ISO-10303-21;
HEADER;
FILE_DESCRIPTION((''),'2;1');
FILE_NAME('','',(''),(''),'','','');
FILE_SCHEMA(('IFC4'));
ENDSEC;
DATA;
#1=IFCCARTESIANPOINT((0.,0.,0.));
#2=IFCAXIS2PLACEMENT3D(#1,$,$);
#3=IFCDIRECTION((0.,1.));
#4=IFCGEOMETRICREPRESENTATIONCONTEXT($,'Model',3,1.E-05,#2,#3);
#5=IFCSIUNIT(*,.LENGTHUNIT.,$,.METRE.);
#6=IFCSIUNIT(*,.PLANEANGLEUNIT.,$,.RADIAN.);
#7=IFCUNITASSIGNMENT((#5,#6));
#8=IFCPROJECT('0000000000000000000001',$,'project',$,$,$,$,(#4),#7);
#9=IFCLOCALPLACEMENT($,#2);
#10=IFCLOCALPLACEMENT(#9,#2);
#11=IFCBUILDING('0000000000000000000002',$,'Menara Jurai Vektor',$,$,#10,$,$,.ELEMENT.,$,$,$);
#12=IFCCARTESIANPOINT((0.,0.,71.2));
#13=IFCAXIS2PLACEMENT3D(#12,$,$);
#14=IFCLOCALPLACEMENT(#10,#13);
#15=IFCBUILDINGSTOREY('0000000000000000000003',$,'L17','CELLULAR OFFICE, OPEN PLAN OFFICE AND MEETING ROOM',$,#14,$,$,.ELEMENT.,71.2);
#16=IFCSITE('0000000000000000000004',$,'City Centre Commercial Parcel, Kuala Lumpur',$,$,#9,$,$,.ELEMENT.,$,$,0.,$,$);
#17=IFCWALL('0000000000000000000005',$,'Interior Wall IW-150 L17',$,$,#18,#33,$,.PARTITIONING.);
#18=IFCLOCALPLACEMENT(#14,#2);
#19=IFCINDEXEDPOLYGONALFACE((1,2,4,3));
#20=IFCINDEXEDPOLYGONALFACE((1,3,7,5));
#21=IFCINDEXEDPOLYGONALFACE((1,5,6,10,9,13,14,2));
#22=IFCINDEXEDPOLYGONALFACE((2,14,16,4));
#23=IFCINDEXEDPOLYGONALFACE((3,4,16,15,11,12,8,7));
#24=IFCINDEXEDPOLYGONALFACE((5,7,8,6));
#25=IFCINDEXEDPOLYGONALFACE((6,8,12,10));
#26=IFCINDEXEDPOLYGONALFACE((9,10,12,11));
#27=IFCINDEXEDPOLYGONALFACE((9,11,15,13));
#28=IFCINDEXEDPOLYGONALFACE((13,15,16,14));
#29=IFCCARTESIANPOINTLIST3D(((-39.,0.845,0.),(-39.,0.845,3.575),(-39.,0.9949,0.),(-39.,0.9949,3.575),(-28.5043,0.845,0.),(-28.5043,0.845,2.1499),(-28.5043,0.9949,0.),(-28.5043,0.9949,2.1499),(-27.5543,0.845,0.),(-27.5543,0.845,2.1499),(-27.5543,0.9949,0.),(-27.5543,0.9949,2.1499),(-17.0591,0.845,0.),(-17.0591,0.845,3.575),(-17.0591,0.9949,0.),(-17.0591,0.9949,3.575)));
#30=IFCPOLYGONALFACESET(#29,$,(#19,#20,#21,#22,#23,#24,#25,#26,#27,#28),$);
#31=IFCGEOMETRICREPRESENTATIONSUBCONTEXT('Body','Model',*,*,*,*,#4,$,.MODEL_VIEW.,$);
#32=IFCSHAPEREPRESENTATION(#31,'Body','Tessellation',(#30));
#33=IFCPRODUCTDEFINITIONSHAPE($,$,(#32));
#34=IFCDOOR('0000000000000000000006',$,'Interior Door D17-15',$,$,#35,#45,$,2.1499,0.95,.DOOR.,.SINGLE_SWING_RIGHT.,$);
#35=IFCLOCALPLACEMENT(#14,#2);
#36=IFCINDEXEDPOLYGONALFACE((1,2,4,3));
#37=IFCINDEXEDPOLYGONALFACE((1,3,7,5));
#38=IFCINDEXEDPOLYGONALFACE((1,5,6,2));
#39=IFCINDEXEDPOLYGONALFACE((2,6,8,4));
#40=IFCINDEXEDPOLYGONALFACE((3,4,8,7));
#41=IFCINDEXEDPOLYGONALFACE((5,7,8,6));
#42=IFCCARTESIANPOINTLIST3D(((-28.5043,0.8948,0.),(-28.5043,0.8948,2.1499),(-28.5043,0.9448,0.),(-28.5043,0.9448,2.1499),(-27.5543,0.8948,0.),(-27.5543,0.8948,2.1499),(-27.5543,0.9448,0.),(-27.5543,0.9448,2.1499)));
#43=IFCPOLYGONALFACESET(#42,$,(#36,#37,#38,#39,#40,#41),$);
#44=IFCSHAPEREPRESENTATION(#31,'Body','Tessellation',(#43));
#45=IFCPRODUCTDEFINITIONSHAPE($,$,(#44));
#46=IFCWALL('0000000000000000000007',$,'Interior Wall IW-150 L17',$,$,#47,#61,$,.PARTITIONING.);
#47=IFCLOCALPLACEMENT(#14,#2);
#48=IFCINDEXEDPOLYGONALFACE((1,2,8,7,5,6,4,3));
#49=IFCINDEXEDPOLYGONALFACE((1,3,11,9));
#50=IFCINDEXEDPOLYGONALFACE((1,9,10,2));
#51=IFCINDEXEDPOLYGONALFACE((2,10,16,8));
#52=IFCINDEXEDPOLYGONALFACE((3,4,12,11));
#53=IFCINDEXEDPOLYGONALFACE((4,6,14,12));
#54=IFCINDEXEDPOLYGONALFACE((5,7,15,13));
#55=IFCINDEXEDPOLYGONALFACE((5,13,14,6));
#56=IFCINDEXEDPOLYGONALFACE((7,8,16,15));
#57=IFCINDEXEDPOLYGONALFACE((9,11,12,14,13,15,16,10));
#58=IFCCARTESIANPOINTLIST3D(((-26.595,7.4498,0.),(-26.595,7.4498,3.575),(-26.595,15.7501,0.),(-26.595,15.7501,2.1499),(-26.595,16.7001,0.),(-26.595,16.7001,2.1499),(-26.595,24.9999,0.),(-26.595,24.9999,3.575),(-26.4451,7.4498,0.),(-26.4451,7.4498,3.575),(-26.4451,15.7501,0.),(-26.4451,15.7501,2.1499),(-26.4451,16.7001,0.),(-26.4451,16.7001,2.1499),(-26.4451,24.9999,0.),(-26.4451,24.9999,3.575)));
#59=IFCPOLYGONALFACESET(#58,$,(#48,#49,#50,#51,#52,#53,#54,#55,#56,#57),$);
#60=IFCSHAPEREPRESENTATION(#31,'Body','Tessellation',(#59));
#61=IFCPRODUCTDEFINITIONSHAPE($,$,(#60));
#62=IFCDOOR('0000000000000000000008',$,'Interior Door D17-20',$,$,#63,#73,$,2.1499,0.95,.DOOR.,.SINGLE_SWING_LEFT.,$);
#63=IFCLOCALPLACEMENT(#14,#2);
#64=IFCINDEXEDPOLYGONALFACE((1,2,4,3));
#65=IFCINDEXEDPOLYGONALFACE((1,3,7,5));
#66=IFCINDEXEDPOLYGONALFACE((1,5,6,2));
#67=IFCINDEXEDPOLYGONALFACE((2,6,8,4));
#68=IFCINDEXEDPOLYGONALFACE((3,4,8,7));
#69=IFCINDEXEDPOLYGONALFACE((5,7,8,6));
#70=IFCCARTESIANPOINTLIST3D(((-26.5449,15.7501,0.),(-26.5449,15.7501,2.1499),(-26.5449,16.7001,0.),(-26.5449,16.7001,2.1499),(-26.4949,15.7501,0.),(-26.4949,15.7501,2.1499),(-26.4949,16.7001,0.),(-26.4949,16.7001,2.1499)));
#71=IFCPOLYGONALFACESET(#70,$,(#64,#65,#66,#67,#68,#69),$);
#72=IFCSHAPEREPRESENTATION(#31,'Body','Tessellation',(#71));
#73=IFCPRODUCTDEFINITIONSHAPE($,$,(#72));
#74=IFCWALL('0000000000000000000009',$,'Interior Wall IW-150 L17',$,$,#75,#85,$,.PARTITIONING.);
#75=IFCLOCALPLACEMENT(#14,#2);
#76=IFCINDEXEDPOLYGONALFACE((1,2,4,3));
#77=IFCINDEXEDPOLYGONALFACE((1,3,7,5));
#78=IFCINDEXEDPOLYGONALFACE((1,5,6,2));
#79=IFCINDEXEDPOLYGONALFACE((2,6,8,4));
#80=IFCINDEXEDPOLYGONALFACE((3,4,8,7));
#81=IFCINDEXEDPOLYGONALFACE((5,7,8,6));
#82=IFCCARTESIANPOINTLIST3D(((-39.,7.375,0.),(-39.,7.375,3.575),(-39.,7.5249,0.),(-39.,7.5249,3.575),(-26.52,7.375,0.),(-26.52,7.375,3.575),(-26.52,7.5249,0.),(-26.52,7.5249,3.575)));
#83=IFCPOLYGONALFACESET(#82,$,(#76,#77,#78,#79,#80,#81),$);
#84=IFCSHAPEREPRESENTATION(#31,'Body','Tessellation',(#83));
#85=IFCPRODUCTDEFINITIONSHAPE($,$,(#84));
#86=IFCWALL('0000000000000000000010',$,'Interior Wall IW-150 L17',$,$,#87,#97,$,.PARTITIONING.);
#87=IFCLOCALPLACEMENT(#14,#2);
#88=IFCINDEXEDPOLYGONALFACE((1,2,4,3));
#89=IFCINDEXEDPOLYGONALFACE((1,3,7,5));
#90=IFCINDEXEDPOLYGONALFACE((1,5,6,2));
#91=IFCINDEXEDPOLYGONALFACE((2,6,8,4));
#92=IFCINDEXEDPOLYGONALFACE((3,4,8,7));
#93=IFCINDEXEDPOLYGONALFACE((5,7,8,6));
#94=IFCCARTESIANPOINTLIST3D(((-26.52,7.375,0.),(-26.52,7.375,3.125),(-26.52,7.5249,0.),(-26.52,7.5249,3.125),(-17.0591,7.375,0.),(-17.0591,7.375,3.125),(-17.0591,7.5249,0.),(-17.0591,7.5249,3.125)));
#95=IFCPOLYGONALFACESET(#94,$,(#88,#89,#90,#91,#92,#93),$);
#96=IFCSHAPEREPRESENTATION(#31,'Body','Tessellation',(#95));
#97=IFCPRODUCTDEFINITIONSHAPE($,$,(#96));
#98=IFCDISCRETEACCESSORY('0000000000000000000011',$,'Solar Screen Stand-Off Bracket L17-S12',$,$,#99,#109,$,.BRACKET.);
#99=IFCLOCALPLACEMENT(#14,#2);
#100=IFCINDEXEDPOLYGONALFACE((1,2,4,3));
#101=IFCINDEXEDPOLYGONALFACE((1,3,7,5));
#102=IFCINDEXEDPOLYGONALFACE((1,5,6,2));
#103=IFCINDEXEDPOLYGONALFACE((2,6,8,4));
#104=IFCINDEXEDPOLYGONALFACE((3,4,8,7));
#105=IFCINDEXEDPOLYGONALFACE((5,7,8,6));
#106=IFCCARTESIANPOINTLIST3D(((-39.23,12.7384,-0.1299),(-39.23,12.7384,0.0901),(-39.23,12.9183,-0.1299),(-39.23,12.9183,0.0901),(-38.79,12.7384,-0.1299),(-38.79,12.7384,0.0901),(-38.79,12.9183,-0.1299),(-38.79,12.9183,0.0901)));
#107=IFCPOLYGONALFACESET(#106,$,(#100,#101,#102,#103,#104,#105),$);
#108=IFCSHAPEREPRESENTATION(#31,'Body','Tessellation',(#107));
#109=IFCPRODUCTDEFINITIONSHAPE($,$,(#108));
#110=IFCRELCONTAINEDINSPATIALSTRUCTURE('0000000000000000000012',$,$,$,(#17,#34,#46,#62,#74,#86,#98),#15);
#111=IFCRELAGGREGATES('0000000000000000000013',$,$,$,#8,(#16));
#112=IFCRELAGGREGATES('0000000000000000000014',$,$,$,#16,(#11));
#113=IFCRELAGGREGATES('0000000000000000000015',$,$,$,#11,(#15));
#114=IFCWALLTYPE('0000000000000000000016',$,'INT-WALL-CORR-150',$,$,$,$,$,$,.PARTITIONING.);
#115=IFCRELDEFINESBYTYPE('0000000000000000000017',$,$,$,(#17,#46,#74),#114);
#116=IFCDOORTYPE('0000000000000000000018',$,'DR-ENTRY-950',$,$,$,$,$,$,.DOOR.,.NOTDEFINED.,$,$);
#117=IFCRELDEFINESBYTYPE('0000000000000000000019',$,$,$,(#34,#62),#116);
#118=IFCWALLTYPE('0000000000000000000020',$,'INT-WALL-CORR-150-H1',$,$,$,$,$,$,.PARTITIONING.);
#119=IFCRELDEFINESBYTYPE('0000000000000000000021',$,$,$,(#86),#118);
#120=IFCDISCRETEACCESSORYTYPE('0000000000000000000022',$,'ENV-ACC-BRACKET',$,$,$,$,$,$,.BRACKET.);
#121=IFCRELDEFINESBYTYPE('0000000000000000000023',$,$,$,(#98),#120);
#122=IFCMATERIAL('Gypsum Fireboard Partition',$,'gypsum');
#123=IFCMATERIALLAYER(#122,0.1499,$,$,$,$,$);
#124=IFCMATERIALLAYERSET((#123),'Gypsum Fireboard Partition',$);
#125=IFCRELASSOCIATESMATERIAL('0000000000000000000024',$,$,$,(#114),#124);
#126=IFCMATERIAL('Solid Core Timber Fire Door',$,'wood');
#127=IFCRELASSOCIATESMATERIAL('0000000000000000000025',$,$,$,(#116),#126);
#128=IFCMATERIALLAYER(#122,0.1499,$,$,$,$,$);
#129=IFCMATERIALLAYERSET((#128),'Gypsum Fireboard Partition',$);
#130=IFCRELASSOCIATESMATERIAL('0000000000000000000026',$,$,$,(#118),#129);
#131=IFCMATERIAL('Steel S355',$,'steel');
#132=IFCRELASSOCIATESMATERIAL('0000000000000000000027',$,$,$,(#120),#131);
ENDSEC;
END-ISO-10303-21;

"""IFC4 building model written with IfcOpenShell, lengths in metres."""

from ifc_helpers import new_model, si_unit, direction, frame, frame_2d, origin, origin_2d, place, context, subcontext, project, spatial, rectangle, extrude, material, layer, layer_set, type_object, element, fill, save


model = new_model("IFC4")

# Units and contexts
model_context = context("Model", 3, precision=1e-05, world=origin(), true_north=direction((0.0, 1.0)))
body_context = subcontext(model_context, "Body", "Model", "MODEL_VIEW")
ifc_project = project(units=[si_unit("LENGTHUNIT", "METRE"), si_unit("PLANEANGLEUNIT", "RADIAN")], contexts=[model_context])

# Site, building, storey
site_placement = place(None, origin())
site = spatial("IfcSite", under=ifc_project, at=site_placement, Name="City Centre Commercial Parcel, Kuala Lumpur", CompositionType="ELEMENT", RefElevation=0.0)
building_placement = place(site_placement, origin())
building = spatial("IfcBuilding", under=site, at=building_placement, Name="Menara Jurai Vektor", CompositionType="ELEMENT")
storey_placement = place(building_placement, frame((0.0, 0.0, 71.2)))
storey = spatial("IfcBuildingStorey", under=building, at=storey_placement, Name="L17", Description="CELLULAR OFFICE, OPEN PLAN OFFICE AND MEETING ROOM", CompositionType="ELEMENT", Elevation=71.2)

# Shared definitions
ifc_material_1 = material(Name="Steel S355", Category="steel")

# Walls, openings, doors
ifc_material_2 = material(Name="Gypsum Fireboard Partition", Category="gypsum")
ifc_layer_1 = layer(ifc_material_2, 0.1499)
ifc_layer_set_1 = layer_set([ifc_layer_1], Name="Gypsum Fireboard Partition")
wall_type_1 = type_object("IfcWallType", Name="INT-WALL-CORR-150", PredefinedType="PARTITIONING", material=ifc_layer_set_1)
ifc_material_3 = material(Name="Solid Core Timber Fire Door", Category="wood")
door_type = type_object("IfcDoorType", Name="DR-ENTRY-950", OperationType="NOTDEFINED", PredefinedType="DOOR", material=ifc_material_3)
wall_1_placement = place(storey_placement, frame((-39.0, 0.9199, 0.0), z_axis=(0.0, 0.0, 1.0), x_axis=(1.0, 0.0, 0.0)))
wall_1 = element("IfcWall", 1, at=wall_1_placement, inside=storey, type_object=wall_type_1, Name="Interior Wall IW-150 L17", PredefinedType="PARTITIONING", context=body_context, shape_type="SweptSolid", body=[
    extrude(rectangle(XDim=21.9409, YDim=0.1499, at=frame_2d((10.9705, 0.0))), origin(), (0.0, 0.0, 1.0), 3.575),
])
opening_1_placement = place(wall_1_placement, frame((10.4956, 0.0, 0.0)))
opening_1 = element("IfcOpeningElement", 2, at=opening_1_placement, cuts=wall_1, PredefinedType="OPENING", context=body_context, shape_type="SweptSolid", body=[
    extrude(rectangle(XDim=0.95, YDim=2.1499, at=frame_2d((0.4751, 1.075))), frame((0.0, 0.085, 0.0), z_axis=(0.0, -1.0, 0.0), x_axis=(1.0, 0.0, 0.0)), (0.0, 0.0, 1.0), 0.1699),
])
door_1_placement = place(opening_1_placement, origin())
door_1 = element("IfcDoor", 3, at=door_1_placement, inside=storey, type_object=door_type, Name="Interior Door D17-15", OperationType="SINGLE_SWING_RIGHT", OverallHeight=2.1499, OverallWidth=0.95, PredefinedType="DOOR", context=body_context, shape_type="SweptSolid", body=[
    extrude(rectangle(XDim=0.95, YDim=2.1499, at=frame_2d((0.4751, 1.075))), frame((0.0, 0.0249, 0.0), z_axis=(0.0, -1.0, 0.0), x_axis=(1.0, 0.0, 0.0)), (0.0, 0.0, 1.0), 0.05),
])
fill(opening_1, door_1)
wall_2_placement = place(storey_placement, frame((-26.52, 7.45, 0.0), z_axis=(0.0, 0.0, 1.0), x_axis=(0.0, 1.0, 0.0)))
wall_2 = element("IfcWall", 4, at=wall_2_placement, inside=storey, type_object=wall_type_1, Name="Interior Wall IW-150 L17", PredefinedType="PARTITIONING", context=body_context, shape_type="SweptSolid", body=[
    extrude(rectangle(XDim=17.55, YDim=0.1499, at=frame_2d((8.7749, 0.0))), origin(), (0.0, 0.0, 1.0), 3.575),
])
opening_2_placement = place(wall_2_placement, frame((8.3, 0.0, 0.0)))
opening_2 = element("IfcOpeningElement", 5, at=opening_2_placement, cuts=wall_2, PredefinedType="OPENING", context=body_context, shape_type="SweptSolid", body=[
    extrude(rectangle(XDim=0.95, YDim=2.1499, at=frame_2d((0.4751, 1.075))), frame((0.0, 0.085, 0.0), z_axis=(0.0, -1.0, 0.0), x_axis=(1.0, 0.0, 0.0)), (0.0, 0.0, 1.0), 0.1699),
])
door_2_placement = place(opening_2_placement, origin())
door_2 = element("IfcDoor", 6, at=door_2_placement, inside=storey, type_object=door_type, Name="Interior Door D17-20", OperationType="SINGLE_SWING_LEFT", OverallHeight=2.1499, OverallWidth=0.95, PredefinedType="DOOR", context=body_context, shape_type="SweptSolid", body=[
    extrude(rectangle(XDim=0.95, YDim=2.1499, at=frame_2d((0.4751, 1.075))), frame((0.0, 0.0249, 0.0), z_axis=(0.0, -1.0, 0.0), x_axis=(1.0, 0.0, 0.0)), (0.0, 0.0, 1.0), 0.05),
])
fill(opening_2, door_2)

# Walls
wall_3_placement = place(storey_placement, frame((-39.0, 7.45, 0.0), z_axis=(0.0, 0.0, 1.0), x_axis=(1.0, 0.0, 0.0)))
element("IfcWall", 7, at=wall_3_placement, inside=storey, type_object=wall_type_1, Name="Interior Wall IW-150 L17", PredefinedType="PARTITIONING", context=body_context, shape_type="SweptSolid", body=[
    extrude(rectangle(XDim=12.48, YDim=0.1499, at=frame_2d((6.24, 0.0))), origin(), (0.0, 0.0, 1.0), 3.575),
])
ifc_layer_2 = layer(ifc_material_2, 0.1499)
ifc_layer_set_2 = layer_set([ifc_layer_2], Name="Gypsum Fireboard Partition")
wall_type_2 = type_object("IfcWallType", Name="INT-WALL-CORR-150-H1", PredefinedType="PARTITIONING", material=ifc_layer_set_2)
wall_4_placement = place(storey_placement, frame((-26.52, 7.45, 0.0), z_axis=(0.0, 0.0, 1.0), x_axis=(1.0, 0.0, 0.0)))
element("IfcWall", 8, at=wall_4_placement, inside=storey, type_object=wall_type_2, Name="Interior Wall IW-150 L17", PredefinedType="PARTITIONING", context=body_context, shape_type="SweptSolid", body=[
    extrude(rectangle(XDim=9.4609, YDim=0.1499, at=frame_2d((4.7305, 0.0))), origin(), (0.0, 0.0, 1.0), 3.125),
])

# Discrete accessory
discrete_accessory_type = type_object("IfcDiscreteAccessoryType", Name="ENV-ACC-BRACKET", PredefinedType="BRACKET", material=ifc_material_1)
discrete_accessory_placement = place(storey_placement, frame((-39.01, 12.8284, -0.1299), z_axis=(0.0, 0.0, 1.0), x_axis=(0.0, -1.0, 0.0)))
element("IfcDiscreteAccessory", 9, at=discrete_accessory_placement, inside=storey, type_object=discrete_accessory_type, Name="Solar Screen Stand-Off Bracket L17-S12", PredefinedType="BRACKET", context=body_context, shape_type="SweptSolid", body=[
    extrude(rectangle(XDim=0.1799, YDim=0.4399, at=origin_2d()), origin(), (0.0, 0.0, 1.0), 0.22),
])

save(model, "model.ifc")
